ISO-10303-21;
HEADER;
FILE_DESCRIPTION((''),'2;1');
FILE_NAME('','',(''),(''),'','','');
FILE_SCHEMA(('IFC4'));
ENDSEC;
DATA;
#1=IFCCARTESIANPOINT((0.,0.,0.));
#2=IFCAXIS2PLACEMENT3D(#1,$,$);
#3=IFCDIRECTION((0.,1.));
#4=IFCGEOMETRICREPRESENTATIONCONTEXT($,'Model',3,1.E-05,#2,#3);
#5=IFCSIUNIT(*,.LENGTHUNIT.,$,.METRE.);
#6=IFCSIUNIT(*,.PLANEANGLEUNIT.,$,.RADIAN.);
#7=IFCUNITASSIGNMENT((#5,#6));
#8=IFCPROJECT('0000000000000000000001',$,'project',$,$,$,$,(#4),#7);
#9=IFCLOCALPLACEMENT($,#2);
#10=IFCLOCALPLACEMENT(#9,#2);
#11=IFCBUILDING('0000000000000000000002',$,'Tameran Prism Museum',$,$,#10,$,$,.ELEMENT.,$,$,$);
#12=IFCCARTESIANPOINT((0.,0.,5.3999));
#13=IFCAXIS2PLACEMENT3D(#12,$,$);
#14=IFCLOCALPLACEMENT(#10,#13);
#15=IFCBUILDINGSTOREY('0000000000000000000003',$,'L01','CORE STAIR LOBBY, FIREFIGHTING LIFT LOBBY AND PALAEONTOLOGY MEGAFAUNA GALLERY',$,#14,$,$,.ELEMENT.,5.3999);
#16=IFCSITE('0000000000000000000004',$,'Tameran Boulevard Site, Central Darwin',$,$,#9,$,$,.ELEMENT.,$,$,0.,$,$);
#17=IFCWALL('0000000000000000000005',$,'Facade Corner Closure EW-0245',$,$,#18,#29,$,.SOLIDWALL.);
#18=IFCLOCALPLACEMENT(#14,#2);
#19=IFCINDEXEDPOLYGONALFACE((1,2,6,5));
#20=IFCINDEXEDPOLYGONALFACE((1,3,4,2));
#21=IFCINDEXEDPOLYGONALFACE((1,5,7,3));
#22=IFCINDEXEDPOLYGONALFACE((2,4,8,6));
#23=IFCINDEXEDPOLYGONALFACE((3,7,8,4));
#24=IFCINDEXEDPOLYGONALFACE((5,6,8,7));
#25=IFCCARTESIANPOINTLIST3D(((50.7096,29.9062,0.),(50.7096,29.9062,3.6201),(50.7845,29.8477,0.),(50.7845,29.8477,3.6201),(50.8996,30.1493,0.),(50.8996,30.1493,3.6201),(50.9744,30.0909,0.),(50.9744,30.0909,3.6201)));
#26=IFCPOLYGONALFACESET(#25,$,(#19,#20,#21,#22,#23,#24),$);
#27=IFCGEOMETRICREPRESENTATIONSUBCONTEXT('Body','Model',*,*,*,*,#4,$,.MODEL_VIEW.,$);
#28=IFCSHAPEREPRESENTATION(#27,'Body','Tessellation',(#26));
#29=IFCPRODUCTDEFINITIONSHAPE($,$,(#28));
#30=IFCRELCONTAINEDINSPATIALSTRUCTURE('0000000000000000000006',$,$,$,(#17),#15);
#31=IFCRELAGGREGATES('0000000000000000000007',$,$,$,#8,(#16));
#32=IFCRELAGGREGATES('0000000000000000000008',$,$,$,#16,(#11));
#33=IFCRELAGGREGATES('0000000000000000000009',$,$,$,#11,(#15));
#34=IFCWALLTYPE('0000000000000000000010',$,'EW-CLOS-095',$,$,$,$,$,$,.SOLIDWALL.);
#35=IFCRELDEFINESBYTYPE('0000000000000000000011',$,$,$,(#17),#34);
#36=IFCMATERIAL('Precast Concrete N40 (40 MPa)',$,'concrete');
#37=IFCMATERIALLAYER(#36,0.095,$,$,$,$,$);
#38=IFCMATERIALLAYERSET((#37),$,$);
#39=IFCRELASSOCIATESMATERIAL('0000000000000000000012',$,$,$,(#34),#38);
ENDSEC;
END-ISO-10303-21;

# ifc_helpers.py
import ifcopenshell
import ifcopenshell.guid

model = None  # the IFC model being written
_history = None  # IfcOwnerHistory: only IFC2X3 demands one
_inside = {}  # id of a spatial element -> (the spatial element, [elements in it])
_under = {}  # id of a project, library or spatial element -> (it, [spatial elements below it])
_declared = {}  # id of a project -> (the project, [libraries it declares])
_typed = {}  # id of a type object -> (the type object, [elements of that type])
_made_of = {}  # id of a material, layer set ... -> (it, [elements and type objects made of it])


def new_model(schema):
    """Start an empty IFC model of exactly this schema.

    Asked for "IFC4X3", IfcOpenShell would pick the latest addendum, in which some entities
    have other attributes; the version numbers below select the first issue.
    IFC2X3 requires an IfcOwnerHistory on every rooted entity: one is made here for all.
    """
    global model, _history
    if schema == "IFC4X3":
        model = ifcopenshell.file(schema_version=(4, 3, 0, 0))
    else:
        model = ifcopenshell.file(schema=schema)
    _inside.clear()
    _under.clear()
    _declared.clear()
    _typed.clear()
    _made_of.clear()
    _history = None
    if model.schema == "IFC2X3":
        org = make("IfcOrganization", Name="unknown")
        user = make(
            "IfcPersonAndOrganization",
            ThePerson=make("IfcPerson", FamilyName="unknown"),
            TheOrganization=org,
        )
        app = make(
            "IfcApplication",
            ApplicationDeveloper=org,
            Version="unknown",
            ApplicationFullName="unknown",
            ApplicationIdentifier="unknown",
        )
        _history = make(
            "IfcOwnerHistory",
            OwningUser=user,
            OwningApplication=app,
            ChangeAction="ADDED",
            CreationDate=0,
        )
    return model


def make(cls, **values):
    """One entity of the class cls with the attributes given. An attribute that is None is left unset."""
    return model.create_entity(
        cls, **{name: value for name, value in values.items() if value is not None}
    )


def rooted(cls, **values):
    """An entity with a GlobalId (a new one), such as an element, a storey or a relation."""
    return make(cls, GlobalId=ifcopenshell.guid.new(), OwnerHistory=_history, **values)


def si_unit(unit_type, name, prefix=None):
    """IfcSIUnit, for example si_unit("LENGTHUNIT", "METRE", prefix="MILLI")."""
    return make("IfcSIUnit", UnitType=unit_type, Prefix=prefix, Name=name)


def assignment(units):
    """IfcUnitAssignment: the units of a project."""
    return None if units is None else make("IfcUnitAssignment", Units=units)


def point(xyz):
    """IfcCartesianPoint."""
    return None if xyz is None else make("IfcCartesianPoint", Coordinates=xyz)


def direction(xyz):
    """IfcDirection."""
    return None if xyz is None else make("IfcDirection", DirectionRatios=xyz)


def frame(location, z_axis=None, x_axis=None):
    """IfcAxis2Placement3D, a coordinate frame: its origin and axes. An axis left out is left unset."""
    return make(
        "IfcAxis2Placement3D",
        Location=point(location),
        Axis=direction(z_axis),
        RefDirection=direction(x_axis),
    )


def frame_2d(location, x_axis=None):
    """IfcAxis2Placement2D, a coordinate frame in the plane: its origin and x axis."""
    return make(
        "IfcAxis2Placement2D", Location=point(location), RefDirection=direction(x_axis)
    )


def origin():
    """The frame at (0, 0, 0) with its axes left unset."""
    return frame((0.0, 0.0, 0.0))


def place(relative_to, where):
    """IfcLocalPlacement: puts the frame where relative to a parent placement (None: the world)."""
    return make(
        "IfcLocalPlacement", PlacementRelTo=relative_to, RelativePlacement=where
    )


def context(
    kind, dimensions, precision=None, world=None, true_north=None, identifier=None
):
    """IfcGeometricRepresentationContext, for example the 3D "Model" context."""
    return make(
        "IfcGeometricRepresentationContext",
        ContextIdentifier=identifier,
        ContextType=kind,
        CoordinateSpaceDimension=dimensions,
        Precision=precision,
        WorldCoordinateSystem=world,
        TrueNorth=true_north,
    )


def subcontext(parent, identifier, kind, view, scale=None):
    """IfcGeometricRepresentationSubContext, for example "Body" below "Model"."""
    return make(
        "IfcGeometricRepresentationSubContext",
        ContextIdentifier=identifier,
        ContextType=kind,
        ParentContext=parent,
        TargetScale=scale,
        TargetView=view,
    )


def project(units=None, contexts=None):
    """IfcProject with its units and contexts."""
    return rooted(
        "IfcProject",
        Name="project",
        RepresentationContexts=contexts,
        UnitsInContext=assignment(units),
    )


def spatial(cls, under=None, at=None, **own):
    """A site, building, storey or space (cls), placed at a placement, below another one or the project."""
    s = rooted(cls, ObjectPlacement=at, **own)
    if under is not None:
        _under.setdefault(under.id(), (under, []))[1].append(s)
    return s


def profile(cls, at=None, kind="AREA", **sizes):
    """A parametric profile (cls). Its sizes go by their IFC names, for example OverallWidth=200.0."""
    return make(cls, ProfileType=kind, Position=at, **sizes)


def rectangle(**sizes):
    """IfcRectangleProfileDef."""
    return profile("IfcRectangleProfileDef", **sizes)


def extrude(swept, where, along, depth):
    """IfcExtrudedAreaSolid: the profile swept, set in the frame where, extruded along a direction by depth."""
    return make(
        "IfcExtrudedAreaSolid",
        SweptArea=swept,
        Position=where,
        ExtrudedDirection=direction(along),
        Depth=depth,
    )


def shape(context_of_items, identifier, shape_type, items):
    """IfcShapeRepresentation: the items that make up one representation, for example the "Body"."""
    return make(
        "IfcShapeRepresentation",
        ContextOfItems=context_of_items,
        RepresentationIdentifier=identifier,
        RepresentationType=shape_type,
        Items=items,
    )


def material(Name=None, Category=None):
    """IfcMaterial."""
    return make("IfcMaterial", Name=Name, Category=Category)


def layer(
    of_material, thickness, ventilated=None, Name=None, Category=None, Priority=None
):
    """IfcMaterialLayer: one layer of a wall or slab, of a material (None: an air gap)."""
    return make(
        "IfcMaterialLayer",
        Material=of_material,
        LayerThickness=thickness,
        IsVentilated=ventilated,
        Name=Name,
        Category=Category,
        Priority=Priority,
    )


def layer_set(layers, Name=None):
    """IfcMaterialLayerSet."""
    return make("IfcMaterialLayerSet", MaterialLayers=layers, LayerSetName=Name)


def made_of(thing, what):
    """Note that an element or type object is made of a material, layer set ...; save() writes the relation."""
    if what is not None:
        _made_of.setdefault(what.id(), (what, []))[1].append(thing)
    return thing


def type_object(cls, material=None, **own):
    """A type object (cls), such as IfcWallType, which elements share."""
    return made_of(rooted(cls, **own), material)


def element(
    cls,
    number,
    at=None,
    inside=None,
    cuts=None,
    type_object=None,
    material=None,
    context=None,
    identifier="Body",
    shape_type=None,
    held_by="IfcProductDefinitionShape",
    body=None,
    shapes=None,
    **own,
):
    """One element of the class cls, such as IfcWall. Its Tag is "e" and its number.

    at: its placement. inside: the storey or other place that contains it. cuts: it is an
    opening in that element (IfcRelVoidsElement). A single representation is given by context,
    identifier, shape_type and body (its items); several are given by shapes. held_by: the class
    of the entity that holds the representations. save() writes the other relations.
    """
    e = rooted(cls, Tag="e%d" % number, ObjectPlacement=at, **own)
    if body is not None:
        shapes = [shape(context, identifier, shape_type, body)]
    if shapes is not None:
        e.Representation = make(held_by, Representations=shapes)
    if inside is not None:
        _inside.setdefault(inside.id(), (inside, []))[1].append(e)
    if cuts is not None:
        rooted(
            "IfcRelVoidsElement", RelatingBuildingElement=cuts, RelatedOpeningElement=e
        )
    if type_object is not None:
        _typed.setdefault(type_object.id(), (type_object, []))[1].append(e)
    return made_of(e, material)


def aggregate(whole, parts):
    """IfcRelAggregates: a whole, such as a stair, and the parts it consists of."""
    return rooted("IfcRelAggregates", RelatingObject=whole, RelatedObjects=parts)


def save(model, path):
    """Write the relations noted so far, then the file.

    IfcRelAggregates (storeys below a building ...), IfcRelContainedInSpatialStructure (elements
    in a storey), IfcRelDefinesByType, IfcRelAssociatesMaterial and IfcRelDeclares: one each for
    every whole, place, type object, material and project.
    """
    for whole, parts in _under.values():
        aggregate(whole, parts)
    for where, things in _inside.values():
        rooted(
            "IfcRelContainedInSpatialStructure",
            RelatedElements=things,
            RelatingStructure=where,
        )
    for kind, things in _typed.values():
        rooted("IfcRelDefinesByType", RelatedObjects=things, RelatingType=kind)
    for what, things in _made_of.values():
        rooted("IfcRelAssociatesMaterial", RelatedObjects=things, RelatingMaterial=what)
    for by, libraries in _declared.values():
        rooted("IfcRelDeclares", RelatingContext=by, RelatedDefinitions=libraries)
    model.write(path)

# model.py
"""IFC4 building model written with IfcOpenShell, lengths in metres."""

from ifc_helpers import new_model, si_unit, direction, frame, frame_2d, origin, place, context, subcontext, project, spatial, rectangle, extrude, material, layer, layer_set, type_object, element, save


model = new_model("IFC4")

# Units and contexts
model_context = context("Model", 3, precision=1e-05, world=origin(), true_north=direction((0.0, 1.0)))
body_context = subcontext(model_context, "Body", "Model", "MODEL_VIEW")
ifc_project = project(units=[si_unit("LENGTHUNIT", "METRE"), si_unit("PLANEANGLEUNIT", "RADIAN")], contexts=[model_context])

# Site, building, storey
site_placement = place(None, origin())
site = spatial("IfcSite", under=ifc_project, at=site_placement, Name="Tameran Boulevard Site, Central Darwin", CompositionType="ELEMENT", RefElevation=0.0)
building_placement = place(site_placement, origin())
building = spatial("IfcBuilding", under=site, at=building_placement, Name="Tameran Prism Museum", CompositionType="ELEMENT")
storey_placement = place(building_placement, frame((0.0, 0.0, 5.3999)))
storey = spatial("IfcBuildingStorey", under=building, at=storey_placement, Name="L01", Description="CORE STAIR LOBBY, FIREFIGHTING LIFT LOBBY AND PALAEONTOLOGY MEGAFAUNA GALLERY", CompositionType="ELEMENT", Elevation=5.3999)

# Wall
ifc_material_1 = material(Name="Precast Concrete N40 (40 MPa)", Category="concrete")
ifc_layer_1 = layer(ifc_material_1, 0.095)
ifc_layer_set_1 = layer_set([ifc_layer_1])
wall_type = type_object("IfcWallType", Name="EW-CLOS-095", PredefinedType="SOLIDWALL", material=ifc_layer_set_1)
wall_1_placement = place(storey_placement, frame((50.937, 30.1201, 0.0), z_axis=(0.0, 0.0, 1.0), x_axis=(-0.615583, -0.788072, 0.0)))
element("IfcWall", 1, at=wall_1_placement, inside=storey, type_object=wall_type, Name="Facade Corner Closure EW-0245", PredefinedType="SOLIDWALL", context=body_context, shape_type="SweptSolid", body=[
    extrude(rectangle(XDim=0.3086, YDim=0.095, at=frame_2d((0.1543, 0.0))), origin(), (0.0, 0.0, 1.0), 3.6201),
])

save(model, "model.ifc")
